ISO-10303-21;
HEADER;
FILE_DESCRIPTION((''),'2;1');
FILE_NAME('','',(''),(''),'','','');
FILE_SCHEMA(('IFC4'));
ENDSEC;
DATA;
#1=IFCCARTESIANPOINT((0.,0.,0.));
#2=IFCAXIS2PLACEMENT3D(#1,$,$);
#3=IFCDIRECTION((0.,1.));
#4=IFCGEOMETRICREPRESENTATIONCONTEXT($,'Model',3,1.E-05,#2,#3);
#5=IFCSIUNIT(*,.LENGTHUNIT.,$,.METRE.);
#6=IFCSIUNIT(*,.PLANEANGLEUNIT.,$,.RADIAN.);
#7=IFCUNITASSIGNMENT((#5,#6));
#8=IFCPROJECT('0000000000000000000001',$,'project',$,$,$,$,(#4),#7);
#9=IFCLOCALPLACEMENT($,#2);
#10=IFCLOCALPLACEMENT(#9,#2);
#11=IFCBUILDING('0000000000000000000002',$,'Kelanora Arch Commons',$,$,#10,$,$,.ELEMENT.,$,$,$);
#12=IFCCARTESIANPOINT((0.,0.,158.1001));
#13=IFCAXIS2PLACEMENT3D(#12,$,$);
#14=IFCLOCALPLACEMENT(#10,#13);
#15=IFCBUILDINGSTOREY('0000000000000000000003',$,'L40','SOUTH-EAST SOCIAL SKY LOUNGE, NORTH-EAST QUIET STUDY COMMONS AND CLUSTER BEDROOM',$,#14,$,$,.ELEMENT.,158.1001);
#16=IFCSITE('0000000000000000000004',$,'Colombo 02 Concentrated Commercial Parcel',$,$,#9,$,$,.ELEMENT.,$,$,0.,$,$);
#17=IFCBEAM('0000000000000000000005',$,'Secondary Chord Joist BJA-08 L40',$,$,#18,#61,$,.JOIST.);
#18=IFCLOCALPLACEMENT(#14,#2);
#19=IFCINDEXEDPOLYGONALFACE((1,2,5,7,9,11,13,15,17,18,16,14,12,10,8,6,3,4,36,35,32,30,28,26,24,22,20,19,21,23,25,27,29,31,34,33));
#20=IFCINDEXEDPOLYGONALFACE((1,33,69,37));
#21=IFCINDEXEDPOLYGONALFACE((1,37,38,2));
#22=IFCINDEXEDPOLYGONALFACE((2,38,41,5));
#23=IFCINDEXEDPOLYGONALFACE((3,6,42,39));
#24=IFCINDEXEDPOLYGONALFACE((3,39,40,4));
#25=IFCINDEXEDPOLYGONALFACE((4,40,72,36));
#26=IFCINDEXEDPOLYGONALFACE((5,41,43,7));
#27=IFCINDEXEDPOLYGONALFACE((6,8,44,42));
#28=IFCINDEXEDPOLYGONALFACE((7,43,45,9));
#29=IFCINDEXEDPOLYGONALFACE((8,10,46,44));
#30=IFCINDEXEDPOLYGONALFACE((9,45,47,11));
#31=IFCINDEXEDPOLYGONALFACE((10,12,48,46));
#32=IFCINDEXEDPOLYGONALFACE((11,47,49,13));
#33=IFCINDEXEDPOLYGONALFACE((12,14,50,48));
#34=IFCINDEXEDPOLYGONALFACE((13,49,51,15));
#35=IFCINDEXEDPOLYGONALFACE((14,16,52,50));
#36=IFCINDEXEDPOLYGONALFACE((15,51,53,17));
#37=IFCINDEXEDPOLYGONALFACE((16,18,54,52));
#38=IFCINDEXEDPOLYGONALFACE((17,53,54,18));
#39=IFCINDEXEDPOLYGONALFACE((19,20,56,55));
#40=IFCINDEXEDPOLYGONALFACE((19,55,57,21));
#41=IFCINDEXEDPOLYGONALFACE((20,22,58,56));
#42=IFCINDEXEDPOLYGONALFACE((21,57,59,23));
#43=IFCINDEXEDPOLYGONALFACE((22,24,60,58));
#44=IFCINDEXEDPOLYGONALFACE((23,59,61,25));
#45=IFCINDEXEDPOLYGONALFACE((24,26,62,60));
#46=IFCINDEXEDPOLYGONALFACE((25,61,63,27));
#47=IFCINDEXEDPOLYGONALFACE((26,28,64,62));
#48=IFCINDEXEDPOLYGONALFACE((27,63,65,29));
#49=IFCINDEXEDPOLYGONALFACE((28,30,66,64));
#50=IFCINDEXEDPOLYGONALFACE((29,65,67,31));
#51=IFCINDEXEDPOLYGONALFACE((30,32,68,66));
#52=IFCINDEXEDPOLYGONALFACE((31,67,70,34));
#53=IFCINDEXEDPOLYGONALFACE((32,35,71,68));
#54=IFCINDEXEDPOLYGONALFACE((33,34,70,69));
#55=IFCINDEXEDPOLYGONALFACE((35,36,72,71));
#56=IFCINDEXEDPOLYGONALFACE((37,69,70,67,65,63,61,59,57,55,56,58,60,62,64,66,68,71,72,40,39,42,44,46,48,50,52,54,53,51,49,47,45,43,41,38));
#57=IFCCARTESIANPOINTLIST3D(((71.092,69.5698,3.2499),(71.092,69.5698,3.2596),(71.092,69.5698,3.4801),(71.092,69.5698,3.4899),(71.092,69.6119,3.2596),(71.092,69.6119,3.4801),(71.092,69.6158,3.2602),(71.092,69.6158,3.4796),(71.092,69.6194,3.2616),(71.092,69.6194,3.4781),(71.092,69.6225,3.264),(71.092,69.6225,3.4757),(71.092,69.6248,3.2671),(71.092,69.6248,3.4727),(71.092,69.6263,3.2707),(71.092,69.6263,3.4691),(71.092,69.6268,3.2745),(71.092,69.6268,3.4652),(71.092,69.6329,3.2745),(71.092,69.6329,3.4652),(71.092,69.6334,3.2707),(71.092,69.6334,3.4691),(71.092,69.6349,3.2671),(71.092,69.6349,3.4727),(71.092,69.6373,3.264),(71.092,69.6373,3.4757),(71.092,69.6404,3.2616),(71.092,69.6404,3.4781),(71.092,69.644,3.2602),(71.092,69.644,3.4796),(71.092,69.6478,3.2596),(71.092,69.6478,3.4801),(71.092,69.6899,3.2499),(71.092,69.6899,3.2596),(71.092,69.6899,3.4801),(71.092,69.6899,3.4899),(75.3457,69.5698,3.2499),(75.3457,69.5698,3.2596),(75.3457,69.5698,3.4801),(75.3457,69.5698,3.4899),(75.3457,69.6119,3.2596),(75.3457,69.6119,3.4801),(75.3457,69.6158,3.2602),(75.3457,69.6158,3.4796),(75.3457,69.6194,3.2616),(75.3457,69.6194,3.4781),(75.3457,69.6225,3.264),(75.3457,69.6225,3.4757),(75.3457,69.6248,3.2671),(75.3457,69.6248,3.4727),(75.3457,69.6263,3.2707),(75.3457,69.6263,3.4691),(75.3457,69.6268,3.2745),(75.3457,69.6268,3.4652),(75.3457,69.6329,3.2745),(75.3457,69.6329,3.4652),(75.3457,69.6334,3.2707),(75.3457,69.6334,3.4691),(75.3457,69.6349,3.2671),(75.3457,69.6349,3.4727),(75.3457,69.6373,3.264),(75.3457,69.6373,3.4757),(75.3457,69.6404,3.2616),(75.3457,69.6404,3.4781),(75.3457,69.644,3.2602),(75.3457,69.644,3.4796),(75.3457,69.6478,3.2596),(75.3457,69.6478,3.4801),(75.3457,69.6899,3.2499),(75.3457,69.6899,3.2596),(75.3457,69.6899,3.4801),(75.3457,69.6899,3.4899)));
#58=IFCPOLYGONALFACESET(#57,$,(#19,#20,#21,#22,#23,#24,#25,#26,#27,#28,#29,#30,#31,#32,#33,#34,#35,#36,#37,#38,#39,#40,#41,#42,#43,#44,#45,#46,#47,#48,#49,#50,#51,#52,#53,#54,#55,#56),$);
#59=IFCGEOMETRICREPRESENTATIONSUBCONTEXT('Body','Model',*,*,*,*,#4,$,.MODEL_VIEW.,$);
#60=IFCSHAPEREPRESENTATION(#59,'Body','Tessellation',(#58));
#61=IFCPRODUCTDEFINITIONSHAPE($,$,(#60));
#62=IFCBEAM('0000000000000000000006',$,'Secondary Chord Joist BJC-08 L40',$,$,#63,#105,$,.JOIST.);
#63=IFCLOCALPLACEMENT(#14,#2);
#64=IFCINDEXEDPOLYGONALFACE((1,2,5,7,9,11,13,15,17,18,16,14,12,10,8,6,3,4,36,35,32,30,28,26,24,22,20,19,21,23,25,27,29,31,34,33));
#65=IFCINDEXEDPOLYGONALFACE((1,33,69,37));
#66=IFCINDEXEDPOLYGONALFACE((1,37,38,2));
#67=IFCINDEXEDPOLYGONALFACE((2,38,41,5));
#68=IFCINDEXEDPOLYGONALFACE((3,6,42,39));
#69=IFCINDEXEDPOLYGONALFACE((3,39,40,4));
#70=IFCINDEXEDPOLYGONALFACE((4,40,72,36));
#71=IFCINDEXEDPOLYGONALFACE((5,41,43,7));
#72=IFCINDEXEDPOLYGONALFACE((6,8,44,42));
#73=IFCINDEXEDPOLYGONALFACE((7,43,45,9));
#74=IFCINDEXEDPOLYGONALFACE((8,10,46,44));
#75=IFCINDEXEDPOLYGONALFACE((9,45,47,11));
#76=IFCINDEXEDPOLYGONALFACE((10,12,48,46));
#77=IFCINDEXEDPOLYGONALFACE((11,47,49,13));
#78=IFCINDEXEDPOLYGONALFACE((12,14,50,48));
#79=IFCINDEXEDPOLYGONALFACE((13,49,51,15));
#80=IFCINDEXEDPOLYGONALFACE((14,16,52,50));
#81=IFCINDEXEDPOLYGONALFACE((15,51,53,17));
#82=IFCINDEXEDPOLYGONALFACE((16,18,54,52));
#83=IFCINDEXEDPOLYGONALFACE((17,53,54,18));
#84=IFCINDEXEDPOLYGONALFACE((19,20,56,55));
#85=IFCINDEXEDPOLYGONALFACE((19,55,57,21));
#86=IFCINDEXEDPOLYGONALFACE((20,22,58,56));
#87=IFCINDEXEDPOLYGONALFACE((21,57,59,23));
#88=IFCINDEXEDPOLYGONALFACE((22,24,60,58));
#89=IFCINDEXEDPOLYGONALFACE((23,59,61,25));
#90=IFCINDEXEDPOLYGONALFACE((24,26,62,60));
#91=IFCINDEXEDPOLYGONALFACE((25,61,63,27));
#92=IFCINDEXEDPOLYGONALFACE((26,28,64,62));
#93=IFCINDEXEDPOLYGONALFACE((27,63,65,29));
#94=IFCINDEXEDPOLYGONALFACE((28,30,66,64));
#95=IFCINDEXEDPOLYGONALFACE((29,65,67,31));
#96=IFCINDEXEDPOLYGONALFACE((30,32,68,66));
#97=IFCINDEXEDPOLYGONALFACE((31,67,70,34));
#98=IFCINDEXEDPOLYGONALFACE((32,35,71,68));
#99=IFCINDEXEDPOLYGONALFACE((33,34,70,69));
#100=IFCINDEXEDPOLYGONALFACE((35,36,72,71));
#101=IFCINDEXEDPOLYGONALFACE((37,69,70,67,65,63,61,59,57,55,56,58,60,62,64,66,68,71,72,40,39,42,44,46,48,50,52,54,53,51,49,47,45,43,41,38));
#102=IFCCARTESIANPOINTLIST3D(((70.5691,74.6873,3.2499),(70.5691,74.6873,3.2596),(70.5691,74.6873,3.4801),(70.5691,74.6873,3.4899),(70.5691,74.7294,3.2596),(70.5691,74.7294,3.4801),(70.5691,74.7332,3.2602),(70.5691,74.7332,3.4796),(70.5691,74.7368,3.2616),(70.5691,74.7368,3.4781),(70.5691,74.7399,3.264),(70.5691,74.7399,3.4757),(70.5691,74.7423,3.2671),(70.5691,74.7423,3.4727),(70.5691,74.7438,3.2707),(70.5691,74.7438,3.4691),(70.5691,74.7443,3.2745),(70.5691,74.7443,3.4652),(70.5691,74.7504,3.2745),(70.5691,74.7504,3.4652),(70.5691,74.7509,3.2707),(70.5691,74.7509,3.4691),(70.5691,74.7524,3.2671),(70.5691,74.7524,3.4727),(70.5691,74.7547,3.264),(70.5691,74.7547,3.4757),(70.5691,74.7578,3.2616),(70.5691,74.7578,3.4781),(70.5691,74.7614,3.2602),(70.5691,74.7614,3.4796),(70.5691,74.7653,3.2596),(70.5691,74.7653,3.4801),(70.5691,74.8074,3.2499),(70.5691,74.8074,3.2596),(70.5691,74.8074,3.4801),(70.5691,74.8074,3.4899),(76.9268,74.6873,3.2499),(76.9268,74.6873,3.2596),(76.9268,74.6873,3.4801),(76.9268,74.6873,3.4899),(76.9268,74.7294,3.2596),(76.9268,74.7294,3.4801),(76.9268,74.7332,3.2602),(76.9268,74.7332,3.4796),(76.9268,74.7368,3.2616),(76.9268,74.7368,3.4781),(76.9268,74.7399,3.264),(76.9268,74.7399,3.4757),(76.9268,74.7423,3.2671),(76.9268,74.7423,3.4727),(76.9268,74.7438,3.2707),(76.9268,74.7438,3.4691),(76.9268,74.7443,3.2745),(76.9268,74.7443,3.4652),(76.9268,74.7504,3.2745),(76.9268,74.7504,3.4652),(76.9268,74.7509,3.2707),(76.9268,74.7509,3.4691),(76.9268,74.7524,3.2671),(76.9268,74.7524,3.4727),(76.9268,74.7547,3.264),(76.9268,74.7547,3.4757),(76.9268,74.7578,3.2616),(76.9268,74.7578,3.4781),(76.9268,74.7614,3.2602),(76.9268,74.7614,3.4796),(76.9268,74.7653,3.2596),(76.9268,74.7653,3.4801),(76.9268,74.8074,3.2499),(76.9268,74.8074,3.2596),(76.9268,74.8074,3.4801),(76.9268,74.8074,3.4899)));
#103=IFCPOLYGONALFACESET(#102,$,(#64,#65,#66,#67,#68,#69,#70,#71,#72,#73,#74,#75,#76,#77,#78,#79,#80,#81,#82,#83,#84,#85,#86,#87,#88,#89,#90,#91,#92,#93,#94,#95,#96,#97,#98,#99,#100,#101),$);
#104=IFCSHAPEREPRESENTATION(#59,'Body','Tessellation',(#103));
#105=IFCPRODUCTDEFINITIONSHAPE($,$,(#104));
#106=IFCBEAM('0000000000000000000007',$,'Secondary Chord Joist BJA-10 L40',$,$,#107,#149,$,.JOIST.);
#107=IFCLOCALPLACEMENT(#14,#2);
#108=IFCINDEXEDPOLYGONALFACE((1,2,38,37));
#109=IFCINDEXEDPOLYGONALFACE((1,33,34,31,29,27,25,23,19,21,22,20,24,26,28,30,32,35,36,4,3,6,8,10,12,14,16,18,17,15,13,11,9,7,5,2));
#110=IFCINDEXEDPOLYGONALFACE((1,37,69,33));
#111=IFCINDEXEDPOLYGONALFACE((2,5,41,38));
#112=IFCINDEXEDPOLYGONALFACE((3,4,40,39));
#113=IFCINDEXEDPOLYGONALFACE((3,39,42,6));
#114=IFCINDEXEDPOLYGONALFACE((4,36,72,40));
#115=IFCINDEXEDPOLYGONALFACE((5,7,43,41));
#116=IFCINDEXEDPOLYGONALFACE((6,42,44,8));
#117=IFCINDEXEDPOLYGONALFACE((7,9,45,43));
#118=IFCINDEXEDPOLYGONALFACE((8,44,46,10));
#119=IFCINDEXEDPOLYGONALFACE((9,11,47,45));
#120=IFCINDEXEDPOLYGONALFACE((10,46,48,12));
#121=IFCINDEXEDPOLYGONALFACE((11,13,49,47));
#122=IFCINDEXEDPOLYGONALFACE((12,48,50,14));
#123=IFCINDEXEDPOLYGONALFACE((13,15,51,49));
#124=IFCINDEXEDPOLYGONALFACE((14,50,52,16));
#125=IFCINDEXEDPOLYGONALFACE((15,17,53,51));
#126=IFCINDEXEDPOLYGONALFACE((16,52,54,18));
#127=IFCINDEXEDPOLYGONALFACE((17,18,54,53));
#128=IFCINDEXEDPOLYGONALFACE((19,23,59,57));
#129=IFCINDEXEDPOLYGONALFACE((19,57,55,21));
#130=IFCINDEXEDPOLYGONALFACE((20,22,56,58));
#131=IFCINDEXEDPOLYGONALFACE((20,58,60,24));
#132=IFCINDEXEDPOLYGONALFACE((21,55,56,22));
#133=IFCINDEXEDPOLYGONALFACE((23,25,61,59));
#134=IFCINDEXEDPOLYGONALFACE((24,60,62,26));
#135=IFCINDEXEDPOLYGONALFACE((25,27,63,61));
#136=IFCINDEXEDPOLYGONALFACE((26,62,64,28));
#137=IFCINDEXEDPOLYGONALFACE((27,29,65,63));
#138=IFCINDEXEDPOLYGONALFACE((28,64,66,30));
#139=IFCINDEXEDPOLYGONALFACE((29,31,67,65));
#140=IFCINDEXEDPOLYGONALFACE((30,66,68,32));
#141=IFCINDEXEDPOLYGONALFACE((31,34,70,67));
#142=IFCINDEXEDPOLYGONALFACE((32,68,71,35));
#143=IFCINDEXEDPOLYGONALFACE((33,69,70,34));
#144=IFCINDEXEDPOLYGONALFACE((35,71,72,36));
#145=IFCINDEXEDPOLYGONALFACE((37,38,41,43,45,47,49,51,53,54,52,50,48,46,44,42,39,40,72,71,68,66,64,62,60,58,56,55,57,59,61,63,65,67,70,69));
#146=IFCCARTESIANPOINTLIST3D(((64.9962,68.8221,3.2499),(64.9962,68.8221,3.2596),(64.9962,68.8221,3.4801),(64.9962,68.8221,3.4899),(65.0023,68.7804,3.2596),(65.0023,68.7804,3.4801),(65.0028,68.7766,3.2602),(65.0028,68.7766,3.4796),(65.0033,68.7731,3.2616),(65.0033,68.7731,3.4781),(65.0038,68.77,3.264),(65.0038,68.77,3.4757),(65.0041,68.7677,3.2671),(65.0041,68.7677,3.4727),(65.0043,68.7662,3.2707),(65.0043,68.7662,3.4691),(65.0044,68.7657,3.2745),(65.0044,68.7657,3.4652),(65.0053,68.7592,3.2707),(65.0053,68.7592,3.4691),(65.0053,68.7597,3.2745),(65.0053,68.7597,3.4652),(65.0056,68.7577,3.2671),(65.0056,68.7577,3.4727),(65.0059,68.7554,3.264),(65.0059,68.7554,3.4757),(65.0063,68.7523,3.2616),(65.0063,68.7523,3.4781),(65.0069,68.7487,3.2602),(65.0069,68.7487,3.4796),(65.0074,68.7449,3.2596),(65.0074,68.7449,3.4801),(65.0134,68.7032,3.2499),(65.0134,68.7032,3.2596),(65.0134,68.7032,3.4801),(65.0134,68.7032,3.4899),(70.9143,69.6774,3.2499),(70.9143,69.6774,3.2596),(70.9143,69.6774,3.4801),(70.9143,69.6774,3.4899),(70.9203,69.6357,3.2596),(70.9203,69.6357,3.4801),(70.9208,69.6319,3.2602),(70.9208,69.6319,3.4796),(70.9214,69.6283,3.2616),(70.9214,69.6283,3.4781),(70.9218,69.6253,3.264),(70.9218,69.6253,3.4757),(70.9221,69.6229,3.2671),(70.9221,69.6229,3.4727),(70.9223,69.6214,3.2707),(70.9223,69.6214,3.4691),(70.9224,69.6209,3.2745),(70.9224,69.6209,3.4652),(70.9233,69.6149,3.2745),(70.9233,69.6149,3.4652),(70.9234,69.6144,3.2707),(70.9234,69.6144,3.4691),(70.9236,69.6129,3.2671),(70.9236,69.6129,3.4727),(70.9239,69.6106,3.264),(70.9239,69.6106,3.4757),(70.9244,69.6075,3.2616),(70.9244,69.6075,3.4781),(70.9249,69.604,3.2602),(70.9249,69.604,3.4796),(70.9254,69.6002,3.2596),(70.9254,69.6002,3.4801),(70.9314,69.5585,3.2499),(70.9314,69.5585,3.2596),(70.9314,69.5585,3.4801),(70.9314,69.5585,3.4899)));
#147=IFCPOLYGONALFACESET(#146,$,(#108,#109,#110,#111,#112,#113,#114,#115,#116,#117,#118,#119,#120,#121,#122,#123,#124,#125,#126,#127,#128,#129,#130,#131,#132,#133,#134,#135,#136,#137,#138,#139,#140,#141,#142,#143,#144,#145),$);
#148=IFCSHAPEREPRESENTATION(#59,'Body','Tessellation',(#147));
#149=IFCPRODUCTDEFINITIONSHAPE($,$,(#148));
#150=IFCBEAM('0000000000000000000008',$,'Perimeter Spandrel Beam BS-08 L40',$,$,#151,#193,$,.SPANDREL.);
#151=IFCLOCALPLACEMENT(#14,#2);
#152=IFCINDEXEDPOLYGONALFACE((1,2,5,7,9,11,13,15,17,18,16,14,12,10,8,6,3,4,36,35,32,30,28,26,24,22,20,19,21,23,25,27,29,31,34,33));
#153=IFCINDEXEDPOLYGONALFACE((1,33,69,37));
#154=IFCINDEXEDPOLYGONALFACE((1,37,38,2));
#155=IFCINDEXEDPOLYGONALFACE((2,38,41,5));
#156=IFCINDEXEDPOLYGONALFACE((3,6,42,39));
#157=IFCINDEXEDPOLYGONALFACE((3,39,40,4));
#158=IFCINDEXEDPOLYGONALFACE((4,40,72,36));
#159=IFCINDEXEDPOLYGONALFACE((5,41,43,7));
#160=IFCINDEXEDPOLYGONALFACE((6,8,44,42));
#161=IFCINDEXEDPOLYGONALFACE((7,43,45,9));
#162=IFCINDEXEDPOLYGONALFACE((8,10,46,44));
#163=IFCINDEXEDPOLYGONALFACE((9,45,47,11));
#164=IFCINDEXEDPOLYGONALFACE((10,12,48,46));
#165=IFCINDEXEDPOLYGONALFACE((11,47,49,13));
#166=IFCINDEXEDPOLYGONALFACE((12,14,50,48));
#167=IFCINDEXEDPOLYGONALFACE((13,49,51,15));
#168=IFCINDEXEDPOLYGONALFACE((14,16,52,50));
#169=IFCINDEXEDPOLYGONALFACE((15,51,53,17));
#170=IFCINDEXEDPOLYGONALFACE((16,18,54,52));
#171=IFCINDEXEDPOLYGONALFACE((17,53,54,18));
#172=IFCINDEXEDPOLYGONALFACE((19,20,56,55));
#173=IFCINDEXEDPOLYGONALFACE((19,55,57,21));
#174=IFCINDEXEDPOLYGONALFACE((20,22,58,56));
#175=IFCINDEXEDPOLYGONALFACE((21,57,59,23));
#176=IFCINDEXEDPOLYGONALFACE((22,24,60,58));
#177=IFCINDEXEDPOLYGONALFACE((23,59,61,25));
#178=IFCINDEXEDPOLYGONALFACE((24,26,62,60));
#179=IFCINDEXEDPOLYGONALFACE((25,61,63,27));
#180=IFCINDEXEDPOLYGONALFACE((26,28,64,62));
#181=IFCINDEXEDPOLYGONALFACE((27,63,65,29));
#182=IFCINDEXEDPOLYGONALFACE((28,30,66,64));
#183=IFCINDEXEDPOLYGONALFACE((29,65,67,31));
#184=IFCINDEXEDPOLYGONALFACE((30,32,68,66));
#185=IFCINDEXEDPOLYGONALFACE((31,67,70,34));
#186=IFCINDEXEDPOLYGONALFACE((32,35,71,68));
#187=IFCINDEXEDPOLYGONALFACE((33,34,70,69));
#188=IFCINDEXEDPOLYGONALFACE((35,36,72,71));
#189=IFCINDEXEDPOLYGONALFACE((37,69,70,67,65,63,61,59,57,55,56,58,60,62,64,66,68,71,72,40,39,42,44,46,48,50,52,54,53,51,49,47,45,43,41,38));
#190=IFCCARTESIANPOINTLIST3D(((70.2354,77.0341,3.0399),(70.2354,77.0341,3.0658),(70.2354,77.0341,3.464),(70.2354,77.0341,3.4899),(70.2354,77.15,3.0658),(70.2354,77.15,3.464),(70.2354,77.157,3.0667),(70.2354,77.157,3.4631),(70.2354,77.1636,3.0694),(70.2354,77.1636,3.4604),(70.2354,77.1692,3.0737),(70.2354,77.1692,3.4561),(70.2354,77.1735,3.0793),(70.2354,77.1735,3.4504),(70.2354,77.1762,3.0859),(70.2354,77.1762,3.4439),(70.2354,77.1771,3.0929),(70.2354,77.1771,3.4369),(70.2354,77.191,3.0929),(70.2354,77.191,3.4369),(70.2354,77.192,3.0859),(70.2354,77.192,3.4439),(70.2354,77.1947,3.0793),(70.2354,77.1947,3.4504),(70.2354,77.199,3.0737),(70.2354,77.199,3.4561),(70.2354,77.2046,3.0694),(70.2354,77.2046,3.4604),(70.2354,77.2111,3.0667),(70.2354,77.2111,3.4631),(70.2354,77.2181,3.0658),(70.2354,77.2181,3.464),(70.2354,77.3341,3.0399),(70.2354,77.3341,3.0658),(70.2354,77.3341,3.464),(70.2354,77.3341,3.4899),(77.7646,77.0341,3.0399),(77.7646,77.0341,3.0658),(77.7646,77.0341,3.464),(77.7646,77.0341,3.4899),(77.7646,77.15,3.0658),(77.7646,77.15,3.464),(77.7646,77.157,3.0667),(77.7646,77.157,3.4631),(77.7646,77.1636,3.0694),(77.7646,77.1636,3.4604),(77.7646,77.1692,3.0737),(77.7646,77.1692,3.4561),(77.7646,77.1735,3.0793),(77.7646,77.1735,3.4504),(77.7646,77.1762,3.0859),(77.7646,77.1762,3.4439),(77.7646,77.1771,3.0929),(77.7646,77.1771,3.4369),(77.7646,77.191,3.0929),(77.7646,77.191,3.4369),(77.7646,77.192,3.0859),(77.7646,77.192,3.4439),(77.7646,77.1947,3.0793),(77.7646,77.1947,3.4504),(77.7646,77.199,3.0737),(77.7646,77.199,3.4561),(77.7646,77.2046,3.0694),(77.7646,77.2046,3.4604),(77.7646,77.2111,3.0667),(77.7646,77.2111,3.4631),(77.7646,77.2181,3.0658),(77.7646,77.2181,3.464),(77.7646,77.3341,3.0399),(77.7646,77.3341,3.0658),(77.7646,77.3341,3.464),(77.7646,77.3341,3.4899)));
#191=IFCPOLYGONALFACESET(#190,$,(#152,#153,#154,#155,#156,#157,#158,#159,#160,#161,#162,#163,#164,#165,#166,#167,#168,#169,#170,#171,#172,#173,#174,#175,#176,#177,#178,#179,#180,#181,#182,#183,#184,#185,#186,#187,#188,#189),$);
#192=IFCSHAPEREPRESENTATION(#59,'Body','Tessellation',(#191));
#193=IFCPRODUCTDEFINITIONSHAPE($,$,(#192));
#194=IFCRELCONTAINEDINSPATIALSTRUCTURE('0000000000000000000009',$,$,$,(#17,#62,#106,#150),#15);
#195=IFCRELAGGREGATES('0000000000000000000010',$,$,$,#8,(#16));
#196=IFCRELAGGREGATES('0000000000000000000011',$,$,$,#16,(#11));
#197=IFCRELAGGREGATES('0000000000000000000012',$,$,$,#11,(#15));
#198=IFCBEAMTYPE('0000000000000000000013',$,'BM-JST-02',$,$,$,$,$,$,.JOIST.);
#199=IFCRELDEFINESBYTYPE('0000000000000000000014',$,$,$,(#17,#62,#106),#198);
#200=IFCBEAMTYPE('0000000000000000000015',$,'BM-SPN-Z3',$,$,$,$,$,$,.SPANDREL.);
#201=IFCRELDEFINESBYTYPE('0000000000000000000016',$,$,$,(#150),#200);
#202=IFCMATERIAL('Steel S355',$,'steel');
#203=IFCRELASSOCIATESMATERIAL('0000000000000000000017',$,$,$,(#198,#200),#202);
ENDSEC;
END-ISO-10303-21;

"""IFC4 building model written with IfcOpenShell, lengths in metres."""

from ifc_helpers import new_model, si_unit, direction, frame, origin, origin_2d, place, context, subcontext, project, spatial, i_section, extrude, material, material_profile, profile_set, type_object, element, save


model = new_model("IFC4")

# Units and contexts
model_context = context("Model", 3, precision=1e-05, world=origin(), true_north=direction((0.0, 1.0)))
body_context = subcontext(model_context, "Body", "Model", "MODEL_VIEW")
ifc_project = project(units=[si_unit("LENGTHUNIT", "METRE"), si_unit("PLANEANGLEUNIT", "RADIAN")], contexts=[model_context])

# Site, building, storey
site_placement = place(None, origin())
site = spatial("IfcSite", under=ifc_project, at=site_placement, Name="Colombo 02 Concentrated Commercial Parcel", CompositionType="ELEMENT", RefElevation=0.0)
building_placement = place(site_placement, origin())
building = spatial("IfcBuilding", under=site, at=building_placement, Name="Kelanora Arch Commons", CompositionType="ELEMENT")
storey_placement = place(building_placement, frame((0.0, 0.0, 158.1001)))
storey = spatial("IfcBuildingStorey", under=building, at=storey_placement, Name="L40", Description="SOUTH-EAST SOCIAL SKY LOUNGE, NORTH-EAST QUIET STUDY COMMONS AND CLUSTER BEDROOM", CompositionType="ELEMENT", Elevation=158.1001)

# Beams
ifc_material_1 = material(Name="Steel S355", Category="steel")
ifc_material_profile_1 = material_profile(ifc_material_1, i_section(OverallWidth=0.1201, OverallDepth=0.24, WebThickness=0.0061, FlangeThickness=0.0098, FilletRadius=0.0149, at=origin_2d()), Name="IPE240")
ifc_profile_set_1 = profile_set([ifc_material_profile_1], Name="Steel S355")
beam_type_1 = type_object("IfcBeamType", Name="BM-JST-02", PredefinedType="JOIST", material=ifc_profile_set_1)
beam_1_placement = place(storey_placement, frame((75.3457, 69.6299, 3.3699), z_axis=(-1.0, 0.0, 0.0), x_axis=(0.0, -1.0, 0.0)))
element("IfcBeam", 1, at=beam_1_placement, inside=storey, type_object=beam_type_1, Name="Secondary Chord Joist BJA-08 L40", PredefinedType="JOIST", context=body_context, shape_type="SweptSolid", body=[
    extrude(i_section(OverallWidth=0.1201, OverallDepth=0.24, WebThickness=0.0061, FlangeThickness=0.0098, FilletRadius=0.0149, at=origin_2d()), origin(), (0.0, 0.0, 1.0), 4.2537),
])
beam_2_placement = place(storey_placement, frame((76.9268, 74.7473, 3.3699), z_axis=(-1.0, 0.0, 0.0), x_axis=(0.0, -1.0, 0.0)))
element("IfcBeam", 2, at=beam_2_placement, inside=storey, type_object=beam_type_1, Name="Secondary Chord Joist BJC-08 L40", PredefinedType="JOIST", context=body_context, shape_type="SweptSolid", body=[
    extrude(i_section(OverallWidth=0.1201, OverallDepth=0.24, WebThickness=0.0061, FlangeThickness=0.0098, FilletRadius=0.0149, at=origin_2d()), origin(), (0.0, 0.0, 1.0), 6.3577),
])
beam_3_placement = place(storey_placement, frame((70.9229, 69.6179, 3.3699), z_axis=(-0.989719, -0.143027, 0.0), x_axis=(0.143027, -0.989719, 0.0)))
element("IfcBeam", 3, at=beam_3_placement, inside=storey, type_object=beam_type_1, Name="Secondary Chord Joist BJA-10 L40", PredefinedType="JOIST", context=body_context, shape_type="SweptSolid", body=[
    extrude(i_section(OverallWidth=0.1201, OverallDepth=0.24, WebThickness=0.0061, FlangeThickness=0.0098, FilletRadius=0.0149, at=origin_2d()), origin(), (0.0, 0.0, 1.0), 5.9795),
])
ifc_material_profile_2 = material_profile(ifc_material_1, i_section(OverallWidth=0.3, OverallDepth=0.45, WebThickness=0.0139, FlangeThickness=0.0259, FilletRadius=0.0271, at=origin_2d()), Name="HEB450")
ifc_profile_set_2 = profile_set([ifc_material_profile_2], Name="Steel S355")
beam_type_2 = type_object("IfcBeamType", Name="BM-SPN-Z3", PredefinedType="SPANDREL", material=ifc_profile_set_2)
beam_4_placement = place(storey_placement, frame((77.7646, 77.1841, 3.2649), z_axis=(-1.0, 0.0, 0.0), x_axis=(0.0, -1.0, 0.0)))
element("IfcBeam", 4, at=beam_4_placement, inside=storey, type_object=beam_type_2, Name="Perimeter Spandrel Beam BS-08 L40", PredefinedType="SPANDREL", context=body_context, shape_type="SweptSolid", body=[
    extrude(i_section(OverallWidth=0.3, OverallDepth=0.45, WebThickness=0.0139, FlangeThickness=0.0259, FilletRadius=0.0271, at=origin_2d()), origin(), (0.0, 0.0, 1.0), 7.5293),
])

save(model, "model.ifc")
